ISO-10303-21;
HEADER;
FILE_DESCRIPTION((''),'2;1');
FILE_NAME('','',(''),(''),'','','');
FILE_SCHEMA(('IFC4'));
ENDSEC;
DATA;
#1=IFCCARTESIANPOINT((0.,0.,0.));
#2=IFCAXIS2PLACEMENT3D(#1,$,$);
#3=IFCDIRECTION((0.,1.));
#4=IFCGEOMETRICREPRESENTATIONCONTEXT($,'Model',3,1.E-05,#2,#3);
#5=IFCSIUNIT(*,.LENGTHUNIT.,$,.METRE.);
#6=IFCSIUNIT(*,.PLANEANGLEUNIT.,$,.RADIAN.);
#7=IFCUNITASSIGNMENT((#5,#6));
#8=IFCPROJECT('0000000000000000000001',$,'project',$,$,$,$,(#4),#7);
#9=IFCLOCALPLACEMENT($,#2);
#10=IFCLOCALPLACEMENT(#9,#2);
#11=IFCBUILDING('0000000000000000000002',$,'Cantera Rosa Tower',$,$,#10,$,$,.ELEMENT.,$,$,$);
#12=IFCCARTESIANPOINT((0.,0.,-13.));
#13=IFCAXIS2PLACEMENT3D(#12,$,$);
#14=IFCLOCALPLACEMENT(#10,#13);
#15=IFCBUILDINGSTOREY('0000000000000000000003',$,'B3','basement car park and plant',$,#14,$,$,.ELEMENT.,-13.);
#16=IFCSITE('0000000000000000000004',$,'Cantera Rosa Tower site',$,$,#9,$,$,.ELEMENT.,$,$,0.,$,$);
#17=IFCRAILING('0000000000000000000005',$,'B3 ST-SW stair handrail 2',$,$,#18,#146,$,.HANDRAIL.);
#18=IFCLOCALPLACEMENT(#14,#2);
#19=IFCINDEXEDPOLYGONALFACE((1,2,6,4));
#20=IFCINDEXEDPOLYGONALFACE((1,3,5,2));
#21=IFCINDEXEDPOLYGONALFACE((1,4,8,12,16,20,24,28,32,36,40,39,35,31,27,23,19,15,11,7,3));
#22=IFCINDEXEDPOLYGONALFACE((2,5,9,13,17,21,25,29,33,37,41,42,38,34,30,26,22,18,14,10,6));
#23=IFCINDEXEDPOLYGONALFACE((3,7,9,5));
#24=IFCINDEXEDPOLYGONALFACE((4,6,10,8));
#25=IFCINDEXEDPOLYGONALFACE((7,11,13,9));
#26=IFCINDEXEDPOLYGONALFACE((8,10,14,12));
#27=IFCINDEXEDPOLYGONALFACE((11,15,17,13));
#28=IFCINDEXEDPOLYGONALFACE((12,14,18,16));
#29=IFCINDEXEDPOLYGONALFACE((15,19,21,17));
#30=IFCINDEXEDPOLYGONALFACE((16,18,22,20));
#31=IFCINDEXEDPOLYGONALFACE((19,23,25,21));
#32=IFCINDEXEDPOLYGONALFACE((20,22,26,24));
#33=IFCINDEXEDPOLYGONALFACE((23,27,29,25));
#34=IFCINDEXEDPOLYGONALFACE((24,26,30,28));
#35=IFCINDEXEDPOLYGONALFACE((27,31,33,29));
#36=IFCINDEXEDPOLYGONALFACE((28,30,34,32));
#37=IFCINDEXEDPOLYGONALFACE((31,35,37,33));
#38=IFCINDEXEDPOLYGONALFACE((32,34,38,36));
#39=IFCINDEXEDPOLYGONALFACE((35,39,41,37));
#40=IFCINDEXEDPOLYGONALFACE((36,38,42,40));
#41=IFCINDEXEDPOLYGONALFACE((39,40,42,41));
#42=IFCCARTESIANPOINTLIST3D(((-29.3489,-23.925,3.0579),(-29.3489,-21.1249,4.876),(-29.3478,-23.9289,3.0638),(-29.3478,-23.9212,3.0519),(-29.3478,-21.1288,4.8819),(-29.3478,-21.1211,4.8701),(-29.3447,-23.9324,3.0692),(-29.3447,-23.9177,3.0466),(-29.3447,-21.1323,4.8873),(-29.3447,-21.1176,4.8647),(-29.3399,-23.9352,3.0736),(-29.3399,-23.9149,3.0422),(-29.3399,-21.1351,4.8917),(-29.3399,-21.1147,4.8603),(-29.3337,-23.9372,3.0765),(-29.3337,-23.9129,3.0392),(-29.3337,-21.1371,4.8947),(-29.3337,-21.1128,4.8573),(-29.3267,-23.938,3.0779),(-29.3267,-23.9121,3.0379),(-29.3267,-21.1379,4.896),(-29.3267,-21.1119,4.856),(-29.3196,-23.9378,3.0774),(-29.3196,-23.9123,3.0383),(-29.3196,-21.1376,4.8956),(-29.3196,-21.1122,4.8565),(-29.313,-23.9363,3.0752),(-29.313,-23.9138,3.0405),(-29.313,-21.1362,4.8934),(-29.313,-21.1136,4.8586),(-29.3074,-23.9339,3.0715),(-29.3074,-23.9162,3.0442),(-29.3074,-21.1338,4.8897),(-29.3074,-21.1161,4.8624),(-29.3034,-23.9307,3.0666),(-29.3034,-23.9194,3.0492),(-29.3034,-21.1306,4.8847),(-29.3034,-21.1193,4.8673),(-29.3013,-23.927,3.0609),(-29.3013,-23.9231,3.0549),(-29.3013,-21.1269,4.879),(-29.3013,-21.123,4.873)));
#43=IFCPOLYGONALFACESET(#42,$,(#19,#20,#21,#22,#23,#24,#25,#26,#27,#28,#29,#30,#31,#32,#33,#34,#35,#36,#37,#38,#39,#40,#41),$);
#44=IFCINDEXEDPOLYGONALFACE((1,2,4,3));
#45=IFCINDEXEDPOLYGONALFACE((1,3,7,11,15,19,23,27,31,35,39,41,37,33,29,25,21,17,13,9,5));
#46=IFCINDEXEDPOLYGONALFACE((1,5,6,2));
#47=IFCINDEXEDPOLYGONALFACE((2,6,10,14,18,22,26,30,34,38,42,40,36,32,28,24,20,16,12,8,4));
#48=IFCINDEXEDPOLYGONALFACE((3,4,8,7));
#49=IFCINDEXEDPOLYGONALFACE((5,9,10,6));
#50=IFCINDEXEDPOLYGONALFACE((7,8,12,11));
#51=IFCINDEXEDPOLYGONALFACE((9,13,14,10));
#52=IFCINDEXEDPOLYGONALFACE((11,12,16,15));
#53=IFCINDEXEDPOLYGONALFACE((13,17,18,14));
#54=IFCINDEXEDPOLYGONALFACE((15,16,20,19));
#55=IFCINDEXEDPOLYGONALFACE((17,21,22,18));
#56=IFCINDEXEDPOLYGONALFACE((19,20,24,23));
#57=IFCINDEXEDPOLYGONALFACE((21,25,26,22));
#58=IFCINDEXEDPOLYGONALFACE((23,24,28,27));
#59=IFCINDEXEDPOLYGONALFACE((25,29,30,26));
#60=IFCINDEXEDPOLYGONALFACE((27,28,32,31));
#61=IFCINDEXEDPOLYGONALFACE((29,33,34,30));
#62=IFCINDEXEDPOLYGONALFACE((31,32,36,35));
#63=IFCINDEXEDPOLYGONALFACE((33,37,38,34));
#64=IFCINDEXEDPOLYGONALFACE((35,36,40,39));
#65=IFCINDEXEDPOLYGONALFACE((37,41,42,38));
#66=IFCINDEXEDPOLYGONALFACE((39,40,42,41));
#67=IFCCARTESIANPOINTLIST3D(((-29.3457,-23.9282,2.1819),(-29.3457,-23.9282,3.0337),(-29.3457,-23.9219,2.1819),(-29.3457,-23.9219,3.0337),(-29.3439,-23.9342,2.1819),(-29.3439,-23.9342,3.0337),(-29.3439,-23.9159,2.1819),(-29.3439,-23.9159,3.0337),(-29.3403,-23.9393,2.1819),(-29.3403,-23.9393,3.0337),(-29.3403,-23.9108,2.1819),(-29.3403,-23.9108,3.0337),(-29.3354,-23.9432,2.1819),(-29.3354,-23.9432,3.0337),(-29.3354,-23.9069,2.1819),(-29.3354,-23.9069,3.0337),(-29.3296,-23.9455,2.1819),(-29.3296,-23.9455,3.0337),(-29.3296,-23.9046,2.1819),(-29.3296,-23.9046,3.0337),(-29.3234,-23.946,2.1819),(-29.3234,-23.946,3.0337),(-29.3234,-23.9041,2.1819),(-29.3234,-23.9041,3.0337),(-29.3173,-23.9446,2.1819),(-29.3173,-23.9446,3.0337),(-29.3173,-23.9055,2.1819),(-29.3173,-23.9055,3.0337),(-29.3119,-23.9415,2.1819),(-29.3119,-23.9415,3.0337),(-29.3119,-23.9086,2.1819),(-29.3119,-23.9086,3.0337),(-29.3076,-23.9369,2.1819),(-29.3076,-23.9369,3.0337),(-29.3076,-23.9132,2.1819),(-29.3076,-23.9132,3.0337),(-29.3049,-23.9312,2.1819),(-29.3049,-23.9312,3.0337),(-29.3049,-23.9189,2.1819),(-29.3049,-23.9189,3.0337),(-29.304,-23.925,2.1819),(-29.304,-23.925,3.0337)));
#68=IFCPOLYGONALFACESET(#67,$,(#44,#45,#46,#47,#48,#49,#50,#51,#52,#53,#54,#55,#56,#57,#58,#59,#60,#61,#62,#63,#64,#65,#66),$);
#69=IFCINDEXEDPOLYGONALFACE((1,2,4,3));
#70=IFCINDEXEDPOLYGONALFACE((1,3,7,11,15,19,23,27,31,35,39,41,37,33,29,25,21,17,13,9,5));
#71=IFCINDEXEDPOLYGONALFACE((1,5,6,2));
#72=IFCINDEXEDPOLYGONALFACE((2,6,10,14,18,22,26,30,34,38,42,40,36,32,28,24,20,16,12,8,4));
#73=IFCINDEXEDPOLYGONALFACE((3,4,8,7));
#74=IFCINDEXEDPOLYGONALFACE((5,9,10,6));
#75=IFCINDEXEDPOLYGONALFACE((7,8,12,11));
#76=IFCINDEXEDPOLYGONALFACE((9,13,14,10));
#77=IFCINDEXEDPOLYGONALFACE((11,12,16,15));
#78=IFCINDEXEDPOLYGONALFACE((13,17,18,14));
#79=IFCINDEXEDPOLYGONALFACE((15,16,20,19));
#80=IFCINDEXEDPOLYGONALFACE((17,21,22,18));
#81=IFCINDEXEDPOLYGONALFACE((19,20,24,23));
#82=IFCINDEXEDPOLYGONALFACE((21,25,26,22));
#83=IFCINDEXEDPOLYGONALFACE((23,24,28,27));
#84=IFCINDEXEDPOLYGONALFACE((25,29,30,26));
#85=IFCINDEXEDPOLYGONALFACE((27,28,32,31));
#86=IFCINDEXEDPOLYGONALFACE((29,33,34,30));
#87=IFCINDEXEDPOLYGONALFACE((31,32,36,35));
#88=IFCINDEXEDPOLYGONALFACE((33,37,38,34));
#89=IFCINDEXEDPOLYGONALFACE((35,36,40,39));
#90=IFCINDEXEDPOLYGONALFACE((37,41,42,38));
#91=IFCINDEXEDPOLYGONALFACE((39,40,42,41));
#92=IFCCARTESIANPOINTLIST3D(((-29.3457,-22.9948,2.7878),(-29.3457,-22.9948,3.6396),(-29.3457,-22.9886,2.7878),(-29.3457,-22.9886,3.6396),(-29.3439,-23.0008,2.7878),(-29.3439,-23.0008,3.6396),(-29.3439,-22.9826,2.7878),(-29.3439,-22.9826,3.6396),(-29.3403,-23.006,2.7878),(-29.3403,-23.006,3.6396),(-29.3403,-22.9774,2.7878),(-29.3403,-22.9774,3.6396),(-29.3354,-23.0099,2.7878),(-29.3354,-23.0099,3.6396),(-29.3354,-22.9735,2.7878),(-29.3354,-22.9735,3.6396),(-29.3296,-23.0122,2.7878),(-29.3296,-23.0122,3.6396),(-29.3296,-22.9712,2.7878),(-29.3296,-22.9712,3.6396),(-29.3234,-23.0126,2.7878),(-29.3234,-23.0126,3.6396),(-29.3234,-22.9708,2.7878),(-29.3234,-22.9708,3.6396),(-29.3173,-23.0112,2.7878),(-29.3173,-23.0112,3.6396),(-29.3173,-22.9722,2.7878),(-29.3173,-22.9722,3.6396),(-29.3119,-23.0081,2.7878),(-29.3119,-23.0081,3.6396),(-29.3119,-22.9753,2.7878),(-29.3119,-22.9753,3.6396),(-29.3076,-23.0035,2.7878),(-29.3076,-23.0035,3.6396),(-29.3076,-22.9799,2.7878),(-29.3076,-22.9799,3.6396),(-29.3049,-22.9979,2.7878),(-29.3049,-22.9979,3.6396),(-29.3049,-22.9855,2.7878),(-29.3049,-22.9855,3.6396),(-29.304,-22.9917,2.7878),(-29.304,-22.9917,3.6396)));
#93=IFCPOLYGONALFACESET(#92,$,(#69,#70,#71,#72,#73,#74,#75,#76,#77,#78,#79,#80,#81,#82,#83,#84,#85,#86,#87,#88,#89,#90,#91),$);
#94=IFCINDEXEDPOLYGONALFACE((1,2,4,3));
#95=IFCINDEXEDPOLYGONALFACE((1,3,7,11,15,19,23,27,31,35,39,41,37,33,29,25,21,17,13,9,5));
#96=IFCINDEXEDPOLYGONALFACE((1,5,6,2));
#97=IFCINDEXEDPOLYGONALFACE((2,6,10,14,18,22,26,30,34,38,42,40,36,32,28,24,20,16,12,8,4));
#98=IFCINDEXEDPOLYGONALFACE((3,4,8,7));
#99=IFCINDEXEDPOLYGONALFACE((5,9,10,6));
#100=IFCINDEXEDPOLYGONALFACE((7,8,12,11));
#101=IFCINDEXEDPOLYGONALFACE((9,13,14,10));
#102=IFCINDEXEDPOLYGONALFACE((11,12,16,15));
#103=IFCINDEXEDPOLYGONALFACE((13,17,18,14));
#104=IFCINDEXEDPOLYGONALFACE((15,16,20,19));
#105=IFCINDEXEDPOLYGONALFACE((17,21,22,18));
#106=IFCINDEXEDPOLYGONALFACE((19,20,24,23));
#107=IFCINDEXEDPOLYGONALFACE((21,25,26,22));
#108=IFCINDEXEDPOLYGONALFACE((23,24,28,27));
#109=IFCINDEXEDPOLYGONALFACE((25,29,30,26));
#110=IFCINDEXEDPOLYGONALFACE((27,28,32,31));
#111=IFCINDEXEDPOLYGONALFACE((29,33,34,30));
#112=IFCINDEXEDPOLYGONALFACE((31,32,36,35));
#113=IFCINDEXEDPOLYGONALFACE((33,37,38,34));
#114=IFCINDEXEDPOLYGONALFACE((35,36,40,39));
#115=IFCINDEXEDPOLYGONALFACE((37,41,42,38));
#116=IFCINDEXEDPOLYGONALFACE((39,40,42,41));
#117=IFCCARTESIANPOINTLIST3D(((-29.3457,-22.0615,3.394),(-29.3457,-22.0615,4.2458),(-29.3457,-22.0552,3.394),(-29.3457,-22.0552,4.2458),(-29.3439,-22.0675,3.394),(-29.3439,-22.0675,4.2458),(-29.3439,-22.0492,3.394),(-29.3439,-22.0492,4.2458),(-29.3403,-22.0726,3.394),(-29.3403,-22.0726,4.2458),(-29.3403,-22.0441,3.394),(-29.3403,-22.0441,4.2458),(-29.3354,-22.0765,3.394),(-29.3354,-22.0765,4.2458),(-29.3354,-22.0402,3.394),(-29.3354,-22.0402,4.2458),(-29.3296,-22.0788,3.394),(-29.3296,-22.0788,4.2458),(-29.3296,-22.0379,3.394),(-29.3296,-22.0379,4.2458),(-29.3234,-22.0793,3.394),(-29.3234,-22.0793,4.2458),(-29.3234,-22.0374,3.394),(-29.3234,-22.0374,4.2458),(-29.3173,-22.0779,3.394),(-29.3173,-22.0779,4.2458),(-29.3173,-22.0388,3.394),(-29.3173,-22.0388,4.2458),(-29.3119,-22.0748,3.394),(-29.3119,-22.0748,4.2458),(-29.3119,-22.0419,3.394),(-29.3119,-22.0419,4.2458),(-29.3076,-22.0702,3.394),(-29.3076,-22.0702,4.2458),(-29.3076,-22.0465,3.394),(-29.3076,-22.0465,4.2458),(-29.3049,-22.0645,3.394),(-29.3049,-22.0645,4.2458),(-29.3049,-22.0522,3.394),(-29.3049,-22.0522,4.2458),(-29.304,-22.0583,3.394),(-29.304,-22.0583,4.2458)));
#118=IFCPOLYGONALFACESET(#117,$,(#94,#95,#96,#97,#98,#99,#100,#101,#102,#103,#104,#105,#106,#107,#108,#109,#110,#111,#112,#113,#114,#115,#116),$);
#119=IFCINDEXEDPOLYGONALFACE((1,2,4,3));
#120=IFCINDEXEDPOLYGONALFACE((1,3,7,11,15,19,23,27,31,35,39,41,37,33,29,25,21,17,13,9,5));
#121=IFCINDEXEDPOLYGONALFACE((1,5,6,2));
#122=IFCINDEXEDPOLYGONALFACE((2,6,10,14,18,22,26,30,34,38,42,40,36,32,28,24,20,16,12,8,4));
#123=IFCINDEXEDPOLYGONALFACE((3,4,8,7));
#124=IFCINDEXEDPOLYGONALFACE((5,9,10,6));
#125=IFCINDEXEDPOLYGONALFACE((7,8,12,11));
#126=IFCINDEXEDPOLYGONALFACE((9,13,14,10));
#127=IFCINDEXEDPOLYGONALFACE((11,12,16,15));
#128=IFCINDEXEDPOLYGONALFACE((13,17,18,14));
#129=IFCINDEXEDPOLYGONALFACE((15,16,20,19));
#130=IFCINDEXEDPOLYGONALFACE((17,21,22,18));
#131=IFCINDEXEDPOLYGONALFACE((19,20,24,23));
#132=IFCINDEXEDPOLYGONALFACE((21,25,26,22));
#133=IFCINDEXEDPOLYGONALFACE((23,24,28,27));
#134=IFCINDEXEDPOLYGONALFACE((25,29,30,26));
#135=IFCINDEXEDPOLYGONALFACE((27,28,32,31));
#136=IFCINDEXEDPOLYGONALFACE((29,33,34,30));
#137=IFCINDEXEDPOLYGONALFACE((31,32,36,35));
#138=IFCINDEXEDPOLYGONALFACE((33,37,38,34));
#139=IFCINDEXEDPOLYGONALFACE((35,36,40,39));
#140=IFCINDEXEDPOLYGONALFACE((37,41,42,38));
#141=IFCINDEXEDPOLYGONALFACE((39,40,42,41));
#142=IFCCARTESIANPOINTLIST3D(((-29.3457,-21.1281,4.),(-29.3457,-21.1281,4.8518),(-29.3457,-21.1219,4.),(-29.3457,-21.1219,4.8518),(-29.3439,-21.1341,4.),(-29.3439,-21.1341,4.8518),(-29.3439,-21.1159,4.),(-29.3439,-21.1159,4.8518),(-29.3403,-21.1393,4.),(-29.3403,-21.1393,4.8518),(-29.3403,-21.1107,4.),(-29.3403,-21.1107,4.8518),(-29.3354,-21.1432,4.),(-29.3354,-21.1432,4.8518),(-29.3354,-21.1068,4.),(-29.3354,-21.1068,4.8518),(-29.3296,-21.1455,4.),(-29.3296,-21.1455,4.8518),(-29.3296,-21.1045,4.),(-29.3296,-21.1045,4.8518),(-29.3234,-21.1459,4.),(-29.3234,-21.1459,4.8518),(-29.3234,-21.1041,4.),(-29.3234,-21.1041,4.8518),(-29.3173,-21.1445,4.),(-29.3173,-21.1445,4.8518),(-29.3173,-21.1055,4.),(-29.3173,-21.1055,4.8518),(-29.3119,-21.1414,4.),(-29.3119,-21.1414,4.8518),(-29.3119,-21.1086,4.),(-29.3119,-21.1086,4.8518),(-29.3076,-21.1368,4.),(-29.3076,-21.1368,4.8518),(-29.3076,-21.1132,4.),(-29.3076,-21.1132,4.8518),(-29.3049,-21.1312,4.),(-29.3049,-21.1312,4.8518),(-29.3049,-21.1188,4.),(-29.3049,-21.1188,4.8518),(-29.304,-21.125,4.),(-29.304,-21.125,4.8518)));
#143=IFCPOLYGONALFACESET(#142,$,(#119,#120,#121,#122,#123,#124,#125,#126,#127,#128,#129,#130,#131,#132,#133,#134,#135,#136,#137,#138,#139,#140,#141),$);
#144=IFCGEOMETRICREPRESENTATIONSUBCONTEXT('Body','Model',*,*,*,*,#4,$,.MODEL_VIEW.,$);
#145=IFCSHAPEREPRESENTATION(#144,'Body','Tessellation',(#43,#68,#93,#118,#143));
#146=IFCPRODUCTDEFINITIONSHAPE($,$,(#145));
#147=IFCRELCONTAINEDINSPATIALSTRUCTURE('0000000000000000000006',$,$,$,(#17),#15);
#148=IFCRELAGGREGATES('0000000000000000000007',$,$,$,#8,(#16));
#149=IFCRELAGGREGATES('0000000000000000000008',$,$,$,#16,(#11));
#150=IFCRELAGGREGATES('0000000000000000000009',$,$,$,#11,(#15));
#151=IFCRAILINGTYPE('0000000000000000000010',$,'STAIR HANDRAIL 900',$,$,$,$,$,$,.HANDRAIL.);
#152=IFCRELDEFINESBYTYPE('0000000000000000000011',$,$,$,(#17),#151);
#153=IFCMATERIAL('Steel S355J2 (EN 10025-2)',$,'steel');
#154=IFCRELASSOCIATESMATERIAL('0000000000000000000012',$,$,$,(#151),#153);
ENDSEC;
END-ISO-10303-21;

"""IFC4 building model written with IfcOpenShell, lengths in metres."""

from ifc_helpers import new_model, si_unit, direction, frame, origin, origin_2d, place, context, subcontext, project, spatial, circle, extrude, material, type_object, element, save


model = new_model("IFC4")

# Units and contexts
model_context = context("Model", 3, precision=1e-05, world=origin(), true_north=direction((0.0, 1.0)))
body_context = subcontext(model_context, "Body", "Model", "MODEL_VIEW")
ifc_project = project(units=[si_unit("LENGTHUNIT", "METRE"), si_unit("PLANEANGLEUNIT", "RADIAN")], contexts=[model_context])

# Site, building, storey
site_placement = place(None, origin())
site = spatial("IfcSite", under=ifc_project, at=site_placement, Name="Cantera Rosa Tower site", CompositionType="ELEMENT", RefElevation=0.0)
building_placement = place(site_placement, origin())
building = spatial("IfcBuilding", under=site, at=building_placement, Name="Cantera Rosa Tower", CompositionType="ELEMENT")
storey_placement = place(building_placement, frame((0.0, 0.0, -13.0)))
storey = spatial("IfcBuildingStorey", under=building, at=storey_placement, Name="B3", Description="basement car park and plant", CompositionType="ELEMENT", Elevation=-13.0)

# Railing
ifc_material_1 = material(Name="Steel S355J2 (EN 10025-2)", Category="steel")
railing_type_1 = type_object("IfcRailingType", Name="STAIR HANDRAIL 900", PredefinedType="HANDRAIL", material=ifc_material_1)
railing_1_placement = place(storey_placement, frame((-29.325, -23.925, 2.1819)))
element("IfcRailing", 1, at=railing_1_placement, inside=storey, type_object=railing_type_1, Name="B3 ST-SW stair handrail 2", PredefinedType="HANDRAIL", context=body_context, shape_type="SweptSolid", body=[
    extrude(circle(Radius=0.0239, at=origin_2d()), frame((0.0, 0.0, 0.876), z_axis=(0.0, 0.838706, 0.544585), x_axis=(-1.0, 0.0, 0.0)), (0.0, 0.0, 1.0), 3.3386),
    extrude(circle(Radius=0.021, at=origin_2d()), origin(), (0.0, 0.0, 1.0), 0.8518),
    extrude(circle(Radius=0.021, at=origin_2d()), frame((0.0, 0.9333, 0.606)), (0.0, 0.0, 1.0), 0.8518),
    extrude(circle(Radius=0.021, at=origin_2d()), frame((0.0, 1.8667, 1.2122)), (0.0, 0.0, 1.0), 0.8518),
    extrude(circle(Radius=0.021, at=origin_2d()), frame((0.0, 2.8, 1.8181)), (0.0, 0.0, 1.0), 0.8518),
])

save(model, "model.ifc")
